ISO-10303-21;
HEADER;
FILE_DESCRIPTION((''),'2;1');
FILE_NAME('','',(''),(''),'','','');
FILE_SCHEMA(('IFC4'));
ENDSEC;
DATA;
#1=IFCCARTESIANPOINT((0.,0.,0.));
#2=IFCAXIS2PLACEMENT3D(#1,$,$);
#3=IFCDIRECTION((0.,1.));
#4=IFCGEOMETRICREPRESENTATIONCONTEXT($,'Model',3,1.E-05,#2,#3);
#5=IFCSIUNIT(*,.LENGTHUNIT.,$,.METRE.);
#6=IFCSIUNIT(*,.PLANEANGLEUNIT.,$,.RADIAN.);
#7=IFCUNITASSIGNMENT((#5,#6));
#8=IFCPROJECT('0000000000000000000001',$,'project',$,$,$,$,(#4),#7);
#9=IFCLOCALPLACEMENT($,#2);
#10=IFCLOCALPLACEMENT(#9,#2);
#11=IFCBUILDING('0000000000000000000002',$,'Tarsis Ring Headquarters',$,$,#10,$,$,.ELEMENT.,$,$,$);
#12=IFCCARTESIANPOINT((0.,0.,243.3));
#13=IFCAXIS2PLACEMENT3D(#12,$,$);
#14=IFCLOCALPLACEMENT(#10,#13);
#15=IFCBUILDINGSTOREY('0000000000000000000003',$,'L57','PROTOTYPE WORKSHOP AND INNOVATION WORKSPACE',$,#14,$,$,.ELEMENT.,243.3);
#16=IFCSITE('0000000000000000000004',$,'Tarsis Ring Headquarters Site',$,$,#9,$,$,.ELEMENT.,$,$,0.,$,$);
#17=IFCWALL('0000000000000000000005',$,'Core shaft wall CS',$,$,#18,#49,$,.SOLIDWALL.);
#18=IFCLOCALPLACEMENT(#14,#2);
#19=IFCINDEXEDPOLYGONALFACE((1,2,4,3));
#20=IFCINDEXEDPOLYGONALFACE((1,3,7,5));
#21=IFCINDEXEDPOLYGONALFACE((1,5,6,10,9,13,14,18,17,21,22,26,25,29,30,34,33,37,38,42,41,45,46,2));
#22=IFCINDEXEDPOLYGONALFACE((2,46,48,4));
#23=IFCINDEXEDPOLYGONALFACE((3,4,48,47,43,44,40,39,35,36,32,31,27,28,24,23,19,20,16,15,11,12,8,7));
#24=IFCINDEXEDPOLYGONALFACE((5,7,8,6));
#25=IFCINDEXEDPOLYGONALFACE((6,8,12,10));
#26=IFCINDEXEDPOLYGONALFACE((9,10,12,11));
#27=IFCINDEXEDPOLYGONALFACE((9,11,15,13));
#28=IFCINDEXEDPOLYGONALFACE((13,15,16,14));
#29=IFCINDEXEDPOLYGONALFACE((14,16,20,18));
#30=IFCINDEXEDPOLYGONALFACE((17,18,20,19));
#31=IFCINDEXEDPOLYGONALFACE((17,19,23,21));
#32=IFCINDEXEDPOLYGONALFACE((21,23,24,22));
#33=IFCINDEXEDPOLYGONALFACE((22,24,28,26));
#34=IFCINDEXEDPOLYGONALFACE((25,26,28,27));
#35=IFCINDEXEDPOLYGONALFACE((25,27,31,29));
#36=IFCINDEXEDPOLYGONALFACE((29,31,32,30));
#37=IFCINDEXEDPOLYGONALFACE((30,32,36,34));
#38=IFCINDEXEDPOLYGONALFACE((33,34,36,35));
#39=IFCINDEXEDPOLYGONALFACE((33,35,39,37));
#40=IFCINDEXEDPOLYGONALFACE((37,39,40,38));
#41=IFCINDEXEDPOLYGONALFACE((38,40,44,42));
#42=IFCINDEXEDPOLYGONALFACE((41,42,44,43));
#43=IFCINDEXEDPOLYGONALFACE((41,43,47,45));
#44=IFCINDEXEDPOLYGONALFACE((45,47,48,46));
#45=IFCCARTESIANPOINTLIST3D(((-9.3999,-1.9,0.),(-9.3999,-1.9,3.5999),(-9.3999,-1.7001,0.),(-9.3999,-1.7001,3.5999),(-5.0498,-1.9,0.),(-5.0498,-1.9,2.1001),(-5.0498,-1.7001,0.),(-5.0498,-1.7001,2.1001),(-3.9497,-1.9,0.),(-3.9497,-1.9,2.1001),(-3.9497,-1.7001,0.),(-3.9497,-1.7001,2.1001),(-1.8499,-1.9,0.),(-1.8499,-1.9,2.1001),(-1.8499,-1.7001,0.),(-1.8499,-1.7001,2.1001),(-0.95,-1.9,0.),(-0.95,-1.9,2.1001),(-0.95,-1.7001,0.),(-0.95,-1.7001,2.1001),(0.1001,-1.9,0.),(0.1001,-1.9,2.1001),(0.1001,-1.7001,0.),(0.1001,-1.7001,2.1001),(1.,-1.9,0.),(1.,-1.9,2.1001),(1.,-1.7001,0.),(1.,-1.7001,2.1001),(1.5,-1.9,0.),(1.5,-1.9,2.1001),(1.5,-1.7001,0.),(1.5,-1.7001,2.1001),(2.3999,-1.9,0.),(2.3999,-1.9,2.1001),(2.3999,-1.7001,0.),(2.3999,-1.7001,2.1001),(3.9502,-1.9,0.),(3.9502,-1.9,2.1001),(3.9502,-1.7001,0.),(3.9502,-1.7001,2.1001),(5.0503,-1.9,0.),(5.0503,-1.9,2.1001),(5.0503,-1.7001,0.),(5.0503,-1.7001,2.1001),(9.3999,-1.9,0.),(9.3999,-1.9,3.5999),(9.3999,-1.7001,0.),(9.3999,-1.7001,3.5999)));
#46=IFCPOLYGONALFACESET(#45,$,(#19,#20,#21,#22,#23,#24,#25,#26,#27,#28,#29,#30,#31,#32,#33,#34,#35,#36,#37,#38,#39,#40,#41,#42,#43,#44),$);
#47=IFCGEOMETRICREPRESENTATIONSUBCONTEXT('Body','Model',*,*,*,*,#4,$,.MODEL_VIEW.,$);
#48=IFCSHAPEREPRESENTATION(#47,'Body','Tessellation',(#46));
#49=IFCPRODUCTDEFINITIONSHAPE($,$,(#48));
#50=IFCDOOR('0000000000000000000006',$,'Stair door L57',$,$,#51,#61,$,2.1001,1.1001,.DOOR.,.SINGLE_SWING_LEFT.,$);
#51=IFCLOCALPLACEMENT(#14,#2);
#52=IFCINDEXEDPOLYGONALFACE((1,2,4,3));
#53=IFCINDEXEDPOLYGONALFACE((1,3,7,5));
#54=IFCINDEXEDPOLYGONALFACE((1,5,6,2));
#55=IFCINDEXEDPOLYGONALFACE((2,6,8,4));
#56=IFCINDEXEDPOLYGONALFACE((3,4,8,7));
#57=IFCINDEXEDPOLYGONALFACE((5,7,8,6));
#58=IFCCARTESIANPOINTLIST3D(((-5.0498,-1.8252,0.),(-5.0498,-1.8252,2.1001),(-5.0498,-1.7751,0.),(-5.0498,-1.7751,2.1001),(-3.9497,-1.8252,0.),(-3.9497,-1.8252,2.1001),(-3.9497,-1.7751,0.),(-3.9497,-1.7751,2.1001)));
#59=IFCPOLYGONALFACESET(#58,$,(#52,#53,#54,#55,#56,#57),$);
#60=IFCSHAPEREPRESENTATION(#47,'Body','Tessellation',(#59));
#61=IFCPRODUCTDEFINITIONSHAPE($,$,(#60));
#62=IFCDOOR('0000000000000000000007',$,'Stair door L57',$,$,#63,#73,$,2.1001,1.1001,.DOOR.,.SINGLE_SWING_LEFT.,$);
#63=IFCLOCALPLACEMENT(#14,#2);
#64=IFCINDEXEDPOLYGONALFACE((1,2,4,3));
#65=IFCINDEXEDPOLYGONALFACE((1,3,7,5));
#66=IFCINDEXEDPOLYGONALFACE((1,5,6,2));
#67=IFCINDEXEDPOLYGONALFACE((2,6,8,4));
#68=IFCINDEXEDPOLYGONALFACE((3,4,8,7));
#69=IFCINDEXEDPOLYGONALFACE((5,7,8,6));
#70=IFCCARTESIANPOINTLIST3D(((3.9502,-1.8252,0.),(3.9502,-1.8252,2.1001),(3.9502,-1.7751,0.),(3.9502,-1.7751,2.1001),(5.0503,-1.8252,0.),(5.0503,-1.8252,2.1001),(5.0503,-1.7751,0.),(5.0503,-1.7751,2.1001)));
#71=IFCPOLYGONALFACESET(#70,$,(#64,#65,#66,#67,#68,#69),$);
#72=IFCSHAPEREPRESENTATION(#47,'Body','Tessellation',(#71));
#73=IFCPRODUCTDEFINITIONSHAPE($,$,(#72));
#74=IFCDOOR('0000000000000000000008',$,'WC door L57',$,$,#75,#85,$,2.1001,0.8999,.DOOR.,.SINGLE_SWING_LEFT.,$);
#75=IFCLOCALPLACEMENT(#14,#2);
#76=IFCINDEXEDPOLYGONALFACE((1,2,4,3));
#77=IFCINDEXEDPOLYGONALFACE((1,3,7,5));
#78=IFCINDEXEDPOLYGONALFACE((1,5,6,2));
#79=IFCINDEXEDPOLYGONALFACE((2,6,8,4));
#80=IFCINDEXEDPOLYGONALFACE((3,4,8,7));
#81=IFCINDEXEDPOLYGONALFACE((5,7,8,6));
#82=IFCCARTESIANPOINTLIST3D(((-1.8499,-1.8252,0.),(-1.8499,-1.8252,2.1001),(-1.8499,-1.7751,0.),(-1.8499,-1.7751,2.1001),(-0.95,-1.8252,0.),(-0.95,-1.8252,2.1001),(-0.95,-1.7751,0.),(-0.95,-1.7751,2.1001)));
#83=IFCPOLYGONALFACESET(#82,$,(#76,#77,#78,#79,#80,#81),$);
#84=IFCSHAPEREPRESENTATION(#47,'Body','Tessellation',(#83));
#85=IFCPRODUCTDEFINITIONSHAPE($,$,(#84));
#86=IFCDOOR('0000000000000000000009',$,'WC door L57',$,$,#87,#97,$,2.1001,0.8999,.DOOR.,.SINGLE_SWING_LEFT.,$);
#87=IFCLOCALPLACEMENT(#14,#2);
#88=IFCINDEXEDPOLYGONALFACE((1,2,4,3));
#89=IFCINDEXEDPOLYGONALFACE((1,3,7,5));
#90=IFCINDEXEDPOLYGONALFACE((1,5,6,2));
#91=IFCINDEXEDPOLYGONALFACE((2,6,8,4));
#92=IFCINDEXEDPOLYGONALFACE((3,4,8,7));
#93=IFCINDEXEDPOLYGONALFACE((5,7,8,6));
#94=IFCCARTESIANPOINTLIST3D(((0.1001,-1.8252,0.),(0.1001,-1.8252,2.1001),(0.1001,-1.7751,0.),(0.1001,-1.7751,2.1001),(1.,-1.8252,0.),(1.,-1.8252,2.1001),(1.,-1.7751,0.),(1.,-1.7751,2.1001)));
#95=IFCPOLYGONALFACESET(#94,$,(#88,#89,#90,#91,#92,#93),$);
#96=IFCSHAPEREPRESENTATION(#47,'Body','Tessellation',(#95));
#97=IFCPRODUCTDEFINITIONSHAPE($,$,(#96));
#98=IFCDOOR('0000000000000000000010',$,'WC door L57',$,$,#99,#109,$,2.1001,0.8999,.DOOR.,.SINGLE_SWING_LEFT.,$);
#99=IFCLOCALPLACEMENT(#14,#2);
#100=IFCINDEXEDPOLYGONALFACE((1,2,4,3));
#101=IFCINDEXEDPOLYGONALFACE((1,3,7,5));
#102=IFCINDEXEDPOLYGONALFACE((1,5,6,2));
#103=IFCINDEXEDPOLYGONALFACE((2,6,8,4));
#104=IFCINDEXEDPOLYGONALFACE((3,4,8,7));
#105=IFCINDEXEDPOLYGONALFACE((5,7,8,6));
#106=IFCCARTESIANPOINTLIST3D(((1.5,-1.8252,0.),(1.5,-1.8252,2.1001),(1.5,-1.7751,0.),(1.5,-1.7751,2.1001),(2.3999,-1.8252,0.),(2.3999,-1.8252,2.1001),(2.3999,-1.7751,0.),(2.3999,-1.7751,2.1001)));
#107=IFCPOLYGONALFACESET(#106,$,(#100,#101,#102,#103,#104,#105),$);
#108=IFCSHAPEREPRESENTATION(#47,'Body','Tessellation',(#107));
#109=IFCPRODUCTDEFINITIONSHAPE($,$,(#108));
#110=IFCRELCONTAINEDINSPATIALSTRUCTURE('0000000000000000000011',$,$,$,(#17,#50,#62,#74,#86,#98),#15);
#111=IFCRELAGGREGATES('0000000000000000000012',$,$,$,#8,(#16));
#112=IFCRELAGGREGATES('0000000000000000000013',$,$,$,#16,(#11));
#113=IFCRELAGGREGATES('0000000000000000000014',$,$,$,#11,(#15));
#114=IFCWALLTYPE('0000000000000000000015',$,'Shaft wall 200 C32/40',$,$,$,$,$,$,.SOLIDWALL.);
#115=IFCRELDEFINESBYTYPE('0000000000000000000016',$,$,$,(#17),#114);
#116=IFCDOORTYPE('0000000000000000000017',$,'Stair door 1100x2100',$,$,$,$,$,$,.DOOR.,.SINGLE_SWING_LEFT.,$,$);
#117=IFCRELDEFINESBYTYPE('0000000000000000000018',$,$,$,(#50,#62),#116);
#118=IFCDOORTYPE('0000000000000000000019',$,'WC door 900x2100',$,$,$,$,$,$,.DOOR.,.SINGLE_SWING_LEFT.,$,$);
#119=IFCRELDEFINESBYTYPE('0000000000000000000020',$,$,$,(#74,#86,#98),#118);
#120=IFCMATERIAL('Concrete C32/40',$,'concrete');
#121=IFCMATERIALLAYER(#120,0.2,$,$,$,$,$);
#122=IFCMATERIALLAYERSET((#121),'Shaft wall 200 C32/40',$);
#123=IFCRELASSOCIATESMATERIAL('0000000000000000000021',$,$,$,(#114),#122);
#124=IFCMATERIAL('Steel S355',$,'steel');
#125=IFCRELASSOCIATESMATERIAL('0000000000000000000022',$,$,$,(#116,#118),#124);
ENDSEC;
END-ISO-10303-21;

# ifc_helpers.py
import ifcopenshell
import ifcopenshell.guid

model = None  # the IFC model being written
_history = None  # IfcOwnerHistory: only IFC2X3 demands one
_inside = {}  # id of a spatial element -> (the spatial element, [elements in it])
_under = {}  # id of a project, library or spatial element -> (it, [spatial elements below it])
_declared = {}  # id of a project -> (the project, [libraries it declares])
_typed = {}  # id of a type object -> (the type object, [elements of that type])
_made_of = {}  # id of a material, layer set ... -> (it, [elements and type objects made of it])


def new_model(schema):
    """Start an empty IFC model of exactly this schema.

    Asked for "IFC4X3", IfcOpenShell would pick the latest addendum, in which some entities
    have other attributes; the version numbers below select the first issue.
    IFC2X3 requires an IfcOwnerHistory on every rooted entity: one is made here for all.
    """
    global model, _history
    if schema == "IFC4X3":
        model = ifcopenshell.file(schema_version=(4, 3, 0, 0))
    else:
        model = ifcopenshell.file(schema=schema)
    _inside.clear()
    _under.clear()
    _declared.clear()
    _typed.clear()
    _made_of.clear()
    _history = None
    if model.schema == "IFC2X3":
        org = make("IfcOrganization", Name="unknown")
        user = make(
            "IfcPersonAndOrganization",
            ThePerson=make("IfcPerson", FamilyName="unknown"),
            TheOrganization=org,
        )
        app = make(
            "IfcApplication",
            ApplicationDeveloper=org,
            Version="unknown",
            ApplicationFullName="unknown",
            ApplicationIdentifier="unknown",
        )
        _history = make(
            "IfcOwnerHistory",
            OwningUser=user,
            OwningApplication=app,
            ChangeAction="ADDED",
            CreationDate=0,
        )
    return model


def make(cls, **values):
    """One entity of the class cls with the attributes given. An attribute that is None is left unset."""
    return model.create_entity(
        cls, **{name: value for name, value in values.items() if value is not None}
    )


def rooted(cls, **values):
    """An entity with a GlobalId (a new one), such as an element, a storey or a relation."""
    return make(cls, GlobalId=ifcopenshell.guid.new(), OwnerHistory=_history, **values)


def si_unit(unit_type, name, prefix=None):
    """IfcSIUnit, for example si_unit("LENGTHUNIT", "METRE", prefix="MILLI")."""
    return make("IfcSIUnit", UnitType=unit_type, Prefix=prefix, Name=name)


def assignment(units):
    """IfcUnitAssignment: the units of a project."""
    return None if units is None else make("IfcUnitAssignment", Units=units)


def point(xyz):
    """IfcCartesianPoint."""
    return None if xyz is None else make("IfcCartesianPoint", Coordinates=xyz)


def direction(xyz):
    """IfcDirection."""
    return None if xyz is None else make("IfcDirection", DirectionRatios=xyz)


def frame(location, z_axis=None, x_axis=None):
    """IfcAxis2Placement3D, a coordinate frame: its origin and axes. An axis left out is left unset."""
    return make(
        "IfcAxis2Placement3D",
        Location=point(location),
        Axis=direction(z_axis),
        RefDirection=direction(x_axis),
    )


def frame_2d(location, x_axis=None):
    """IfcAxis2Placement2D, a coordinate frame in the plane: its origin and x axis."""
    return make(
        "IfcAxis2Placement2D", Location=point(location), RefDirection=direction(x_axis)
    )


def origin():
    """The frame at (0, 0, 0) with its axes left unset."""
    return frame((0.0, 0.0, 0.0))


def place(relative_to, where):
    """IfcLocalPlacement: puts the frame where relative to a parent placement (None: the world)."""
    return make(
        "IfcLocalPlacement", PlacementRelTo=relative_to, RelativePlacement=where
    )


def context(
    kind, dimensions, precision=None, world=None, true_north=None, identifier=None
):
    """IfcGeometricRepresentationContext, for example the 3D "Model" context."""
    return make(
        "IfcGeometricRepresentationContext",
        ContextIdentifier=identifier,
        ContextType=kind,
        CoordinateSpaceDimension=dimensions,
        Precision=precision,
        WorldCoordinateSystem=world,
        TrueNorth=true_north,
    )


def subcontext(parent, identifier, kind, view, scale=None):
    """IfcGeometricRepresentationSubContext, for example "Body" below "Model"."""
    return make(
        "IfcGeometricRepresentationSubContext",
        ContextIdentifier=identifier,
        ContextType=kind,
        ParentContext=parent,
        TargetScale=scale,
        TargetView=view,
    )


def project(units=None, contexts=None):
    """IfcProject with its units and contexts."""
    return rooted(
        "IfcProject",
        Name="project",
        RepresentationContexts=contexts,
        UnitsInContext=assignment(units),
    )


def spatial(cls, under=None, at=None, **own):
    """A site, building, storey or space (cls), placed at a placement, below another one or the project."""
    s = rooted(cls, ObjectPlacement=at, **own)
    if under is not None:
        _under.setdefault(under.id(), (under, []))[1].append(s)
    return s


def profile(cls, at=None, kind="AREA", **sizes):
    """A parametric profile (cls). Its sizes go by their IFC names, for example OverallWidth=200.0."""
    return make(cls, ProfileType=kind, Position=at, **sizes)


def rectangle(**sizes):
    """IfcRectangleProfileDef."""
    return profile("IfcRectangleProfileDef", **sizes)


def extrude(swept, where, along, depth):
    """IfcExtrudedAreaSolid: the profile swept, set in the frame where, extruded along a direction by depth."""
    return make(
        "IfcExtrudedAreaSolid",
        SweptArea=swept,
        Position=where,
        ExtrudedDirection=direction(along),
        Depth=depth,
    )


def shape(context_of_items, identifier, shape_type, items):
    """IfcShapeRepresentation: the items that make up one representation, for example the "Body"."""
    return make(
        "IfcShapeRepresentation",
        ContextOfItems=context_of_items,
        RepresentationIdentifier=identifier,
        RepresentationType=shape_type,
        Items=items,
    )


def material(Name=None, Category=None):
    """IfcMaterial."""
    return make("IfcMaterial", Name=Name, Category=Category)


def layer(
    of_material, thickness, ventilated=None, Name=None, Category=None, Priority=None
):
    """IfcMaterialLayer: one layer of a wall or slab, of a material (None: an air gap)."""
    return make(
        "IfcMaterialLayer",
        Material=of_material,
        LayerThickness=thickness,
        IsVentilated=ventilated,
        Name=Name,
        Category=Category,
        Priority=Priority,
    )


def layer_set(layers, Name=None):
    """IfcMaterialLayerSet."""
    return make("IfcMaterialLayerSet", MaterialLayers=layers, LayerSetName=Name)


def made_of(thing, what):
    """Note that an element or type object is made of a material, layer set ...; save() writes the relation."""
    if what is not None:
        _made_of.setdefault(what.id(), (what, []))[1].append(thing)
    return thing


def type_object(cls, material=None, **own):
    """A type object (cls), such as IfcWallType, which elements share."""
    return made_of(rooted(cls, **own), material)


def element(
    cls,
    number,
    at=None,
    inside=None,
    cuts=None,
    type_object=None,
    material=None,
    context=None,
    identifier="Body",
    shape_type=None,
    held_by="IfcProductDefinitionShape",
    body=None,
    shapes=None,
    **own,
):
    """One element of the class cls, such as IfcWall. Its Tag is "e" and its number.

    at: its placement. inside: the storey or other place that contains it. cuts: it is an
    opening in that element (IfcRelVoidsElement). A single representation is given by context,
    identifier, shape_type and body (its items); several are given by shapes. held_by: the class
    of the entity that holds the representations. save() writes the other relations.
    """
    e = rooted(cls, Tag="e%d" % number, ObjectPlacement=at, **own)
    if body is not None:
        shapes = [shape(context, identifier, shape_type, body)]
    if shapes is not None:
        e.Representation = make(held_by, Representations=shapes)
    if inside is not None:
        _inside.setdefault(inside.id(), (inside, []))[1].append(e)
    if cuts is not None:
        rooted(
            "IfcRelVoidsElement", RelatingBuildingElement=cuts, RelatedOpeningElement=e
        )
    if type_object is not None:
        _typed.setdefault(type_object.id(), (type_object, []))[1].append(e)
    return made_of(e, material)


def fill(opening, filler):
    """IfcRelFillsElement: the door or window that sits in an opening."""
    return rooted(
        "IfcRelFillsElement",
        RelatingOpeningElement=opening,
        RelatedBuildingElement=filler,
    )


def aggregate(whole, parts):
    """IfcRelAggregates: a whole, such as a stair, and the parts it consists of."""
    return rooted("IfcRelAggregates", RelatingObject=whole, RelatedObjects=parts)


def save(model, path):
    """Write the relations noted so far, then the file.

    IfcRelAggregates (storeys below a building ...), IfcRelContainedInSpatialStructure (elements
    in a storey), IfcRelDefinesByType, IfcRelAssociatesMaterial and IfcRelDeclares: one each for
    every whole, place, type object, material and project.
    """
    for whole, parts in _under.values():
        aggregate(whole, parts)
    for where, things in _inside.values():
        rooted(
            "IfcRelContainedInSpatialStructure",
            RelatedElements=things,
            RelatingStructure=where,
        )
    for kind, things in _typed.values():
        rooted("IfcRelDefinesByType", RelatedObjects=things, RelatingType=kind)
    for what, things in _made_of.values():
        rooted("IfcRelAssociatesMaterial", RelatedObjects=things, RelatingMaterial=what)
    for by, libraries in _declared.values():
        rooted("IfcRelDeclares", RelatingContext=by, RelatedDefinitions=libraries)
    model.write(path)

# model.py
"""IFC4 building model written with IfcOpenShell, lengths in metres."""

from ifc_helpers import new_model, si_unit, direction, frame, frame_2d, origin, place, context, subcontext, project, spatial, rectangle, extrude, material, layer, layer_set, type_object, element, fill, save


model = new_model("IFC4")

# Units and contexts
model_context = context("Model", 3, precision=1e-05, world=origin(), true_north=direction((0.0, 1.0)))
body_context = subcontext(model_context, "Body", "Model", "MODEL_VIEW")
ifc_project = project(units=[si_unit("LENGTHUNIT", "METRE"), si_unit("PLANEANGLEUNIT", "RADIAN")], contexts=[model_context])

# Site, building, storey
site_placement = place(None, origin())
site = spatial("IfcSite", under=ifc_project, at=site_placement, Name="Tarsis Ring Headquarters Site", CompositionType="ELEMENT", RefElevation=0.0)
building_placement = place(site_placement, origin())
building = spatial("IfcBuilding", under=site, at=building_placement, Name="Tarsis Ring Headquarters", CompositionType="ELEMENT")
storey_placement = place(building_placement, frame((0.0, 0.0, 243.3)))
storey = spatial("IfcBuildingStorey", under=building, at=storey_placement, Name="L57", Description="PROTOTYPE WORKSHOP AND INNOVATION WORKSPACE", CompositionType="ELEMENT", Elevation=243.3)

# Wall, openings, doors
ifc_material_1 = material(Name="Concrete C32/40", Category="concrete")
ifc_layer_1 = layer(ifc_material_1, 0.2)
ifc_layer_set_1 = layer_set([ifc_layer_1], Name="Shaft wall 200 C32/40")
wall_type_1 = type_object("IfcWallType", Name="Shaft wall 200 C32/40", PredefinedType="SOLIDWALL", material=ifc_layer_set_1)
wall_1_placement = place(storey_placement, frame((-9.3999, -1.8, 0.0), z_axis=(0.0, 0.0, 1.0), x_axis=(1.0, 0.0, 0.0)))
wall_1 = element("IfcWall", 1, at=wall_1_placement, inside=storey, type_object=wall_type_1, Name="Core shaft wall CS", PredefinedType="SOLIDWALL", context=body_context, shape_type="SweptSolid", body=[
    extrude(rectangle(XDim=18.7998, YDim=0.2, at=frame_2d((9.3999, 0.0))), origin(), (0.0, 0.0, 1.0), 3.5999),
])
opening_1_placement = place(wall_1_placement, frame((4.3501, 0.0, 0.0)))
opening_1 = element("IfcOpeningElement", 2, at=opening_1_placement, cuts=wall_1, PredefinedType="OPENING", context=body_context, shape_type="SweptSolid", body=[
    extrude(rectangle(XDim=1.1001, YDim=2.1001, at=frame_2d((0.55, 1.05))), frame((0.0, 0.1099, 0.0), z_axis=(0.0, -1.0, 0.0), x_axis=(1.0, 0.0, 0.0)), (0.0, 0.0, 1.0), 0.22),
])
opening_2_placement = place(wall_1_placement, frame((7.55, 0.0, 0.0)))
opening_2 = element("IfcOpeningElement", 3, at=opening_2_placement, cuts=wall_1, PredefinedType="OPENING", context=body_context, shape_type="SweptSolid", body=[
    extrude(rectangle(XDim=0.8999, YDim=2.1001, at=frame_2d((0.45, 1.05))), frame((0.0, 0.1099, 0.0), z_axis=(0.0, -1.0, 0.0), x_axis=(1.0, 0.0, 0.0)), (0.0, 0.0, 1.0), 0.22),
])
opening_3_placement = place(wall_1_placement, frame((9.5, 0.0, 0.0)))
opening_3 = element("IfcOpeningElement", 4, at=opening_3_placement, cuts=wall_1, PredefinedType="OPENING", context=body_context, shape_type="SweptSolid", body=[
    extrude(rectangle(XDim=0.8999, YDim=2.1001, at=frame_2d((0.45, 1.05))), frame((0.0, 0.1099, 0.0), z_axis=(0.0, -1.0, 0.0), x_axis=(1.0, 0.0, 0.0)), (0.0, 0.0, 1.0), 0.22),
])
opening_4_placement = place(wall_1_placement, frame((10.8999, 0.0, 0.0)))
opening_4 = element("IfcOpeningElement", 5, at=opening_4_placement, cuts=wall_1, PredefinedType="OPENING", context=body_context, shape_type="SweptSolid", body=[
    extrude(rectangle(XDim=0.8999, YDim=2.1001, at=frame_2d((0.45, 1.05))), frame((0.0, 0.1099, 0.0), z_axis=(0.0, -1.0, 0.0), x_axis=(1.0, 0.0, 0.0)), (0.0, 0.0, 1.0), 0.22),
])
opening_5_placement = place(wall_1_placement, frame((13.3501, 0.0, 0.0)))
opening_5 = element("IfcOpeningElement", 6, at=opening_5_placement, cuts=wall_1, PredefinedType="OPENING", context=body_context, shape_type="SweptSolid", body=[
    extrude(rectangle(XDim=1.1001, YDim=2.1001, at=frame_2d((0.55, 1.05))), frame((0.0, 0.1099, 0.0), z_axis=(0.0, -1.0, 0.0), x_axis=(1.0, 0.0, 0.0)), (0.0, 0.0, 1.0), 0.22),
])
ifc_material_2 = material(Name="Steel S355", Category="steel")
door_type_1 = type_object("IfcDoorType", Name="Stair door 1100x2100", OperationType="SINGLE_SWING_LEFT", PredefinedType="DOOR", material=ifc_material_2)
door_1_placement = place(opening_1_placement, origin())
door_1 = element("IfcDoor", 7, at=door_1_placement, inside=storey, type_object=door_type_1, Name="Stair door L57", OperationType="SINGLE_SWING_LEFT", OverallHeight=2.1001, OverallWidth=1.1001, PredefinedType="DOOR", context=body_context, shape_type="SweptSolid", body=[
    extrude(rectangle(XDim=1.1001, YDim=2.1001, at=frame_2d((0.55, 1.05))), frame((0.0, 0.0249, 0.0), z_axis=(0.0, -1.0, 0.0), x_axis=(1.0, 0.0, 0.0)), (0.0, 0.0, 1.0), 0.05),
])
fill(opening_1, door_1)
door_2_placement = place(opening_5_placement, origin())
door_2 = element("IfcDoor", 8, at=door_2_placement, inside=storey, type_object=door_type_1, Name="Stair door L57", OperationType="SINGLE_SWING_LEFT", OverallHeight=2.1001, OverallWidth=1.1001, PredefinedType="DOOR", context=body_context, shape_type="SweptSolid", body=[
    extrude(rectangle(XDim=1.1001, YDim=2.1001, at=frame_2d((0.55, 1.05))), frame((0.0, 0.0249, 0.0), z_axis=(0.0, -1.0, 0.0), x_axis=(1.0, 0.0, 0.0)), (0.0, 0.0, 1.0), 0.05),
])
fill(opening_5, door_2)
door_type_2 = type_object("IfcDoorType", Name="WC door 900x2100", OperationType="SINGLE_SWING_LEFT", PredefinedType="DOOR", material=ifc_material_2)
door_3_placement = place(opening_2_placement, origin())
door_3 = element("IfcDoor", 9, at=door_3_placement, inside=storey, type_object=door_type_2, Name="WC door L57", OperationType="SINGLE_SWING_LEFT", OverallHeight=2.1001, OverallWidth=0.8999, PredefinedType="DOOR", context=body_context, shape_type="SweptSolid", body=[
    extrude(rectangle(XDim=0.8999, YDim=2.1001, at=frame_2d((0.45, 1.05))), frame((0.0, 0.0249, 0.0), z_axis=(0.0, -1.0, 0.0), x_axis=(1.0, 0.0, 0.0)), (0.0, 0.0, 1.0), 0.05),
])
fill(opening_2, door_3)
door_4_placement = place(opening_3_placement, origin())
door_4 = element("IfcDoor", 10, at=door_4_placement, inside=storey, type_object=door_type_2, Name="WC door L57", OperationType="SINGLE_SWING_LEFT", OverallHeight=2.1001, OverallWidth=0.8999, PredefinedType="DOOR", context=body_context, shape_type="SweptSolid", body=[
    extrude(rectangle(XDim=0.8999, YDim=2.1001, at=frame_2d((0.45, 1.05))), frame((0.0, 0.0249, 0.0), z_axis=(0.0, -1.0, 0.0), x_axis=(1.0, 0.0, 0.0)), (0.0, 0.0, 1.0), 0.05),
])
fill(opening_3, door_4)
door_5_placement = place(opening_4_placement, origin())
door_5 = element("IfcDoor", 11, at=door_5_placement, inside=storey, type_object=door_type_2, Name="WC door L57", OperationType="SINGLE_SWING_LEFT", OverallHeight=2.1001, OverallWidth=0.8999, PredefinedType="DOOR", context=body_context, shape_type="SweptSolid", body=[
    extrude(rectangle(XDim=0.8999, YDim=2.1001, at=frame_2d((0.45, 1.05))), frame((0.0, 0.0249, 0.0), z_axis=(0.0, -1.0, 0.0), x_axis=(1.0, 0.0, 0.0)), (0.0, 0.0, 1.0), 0.05),
])
fill(opening_4, door_5)

save(model, "model.ifc")
